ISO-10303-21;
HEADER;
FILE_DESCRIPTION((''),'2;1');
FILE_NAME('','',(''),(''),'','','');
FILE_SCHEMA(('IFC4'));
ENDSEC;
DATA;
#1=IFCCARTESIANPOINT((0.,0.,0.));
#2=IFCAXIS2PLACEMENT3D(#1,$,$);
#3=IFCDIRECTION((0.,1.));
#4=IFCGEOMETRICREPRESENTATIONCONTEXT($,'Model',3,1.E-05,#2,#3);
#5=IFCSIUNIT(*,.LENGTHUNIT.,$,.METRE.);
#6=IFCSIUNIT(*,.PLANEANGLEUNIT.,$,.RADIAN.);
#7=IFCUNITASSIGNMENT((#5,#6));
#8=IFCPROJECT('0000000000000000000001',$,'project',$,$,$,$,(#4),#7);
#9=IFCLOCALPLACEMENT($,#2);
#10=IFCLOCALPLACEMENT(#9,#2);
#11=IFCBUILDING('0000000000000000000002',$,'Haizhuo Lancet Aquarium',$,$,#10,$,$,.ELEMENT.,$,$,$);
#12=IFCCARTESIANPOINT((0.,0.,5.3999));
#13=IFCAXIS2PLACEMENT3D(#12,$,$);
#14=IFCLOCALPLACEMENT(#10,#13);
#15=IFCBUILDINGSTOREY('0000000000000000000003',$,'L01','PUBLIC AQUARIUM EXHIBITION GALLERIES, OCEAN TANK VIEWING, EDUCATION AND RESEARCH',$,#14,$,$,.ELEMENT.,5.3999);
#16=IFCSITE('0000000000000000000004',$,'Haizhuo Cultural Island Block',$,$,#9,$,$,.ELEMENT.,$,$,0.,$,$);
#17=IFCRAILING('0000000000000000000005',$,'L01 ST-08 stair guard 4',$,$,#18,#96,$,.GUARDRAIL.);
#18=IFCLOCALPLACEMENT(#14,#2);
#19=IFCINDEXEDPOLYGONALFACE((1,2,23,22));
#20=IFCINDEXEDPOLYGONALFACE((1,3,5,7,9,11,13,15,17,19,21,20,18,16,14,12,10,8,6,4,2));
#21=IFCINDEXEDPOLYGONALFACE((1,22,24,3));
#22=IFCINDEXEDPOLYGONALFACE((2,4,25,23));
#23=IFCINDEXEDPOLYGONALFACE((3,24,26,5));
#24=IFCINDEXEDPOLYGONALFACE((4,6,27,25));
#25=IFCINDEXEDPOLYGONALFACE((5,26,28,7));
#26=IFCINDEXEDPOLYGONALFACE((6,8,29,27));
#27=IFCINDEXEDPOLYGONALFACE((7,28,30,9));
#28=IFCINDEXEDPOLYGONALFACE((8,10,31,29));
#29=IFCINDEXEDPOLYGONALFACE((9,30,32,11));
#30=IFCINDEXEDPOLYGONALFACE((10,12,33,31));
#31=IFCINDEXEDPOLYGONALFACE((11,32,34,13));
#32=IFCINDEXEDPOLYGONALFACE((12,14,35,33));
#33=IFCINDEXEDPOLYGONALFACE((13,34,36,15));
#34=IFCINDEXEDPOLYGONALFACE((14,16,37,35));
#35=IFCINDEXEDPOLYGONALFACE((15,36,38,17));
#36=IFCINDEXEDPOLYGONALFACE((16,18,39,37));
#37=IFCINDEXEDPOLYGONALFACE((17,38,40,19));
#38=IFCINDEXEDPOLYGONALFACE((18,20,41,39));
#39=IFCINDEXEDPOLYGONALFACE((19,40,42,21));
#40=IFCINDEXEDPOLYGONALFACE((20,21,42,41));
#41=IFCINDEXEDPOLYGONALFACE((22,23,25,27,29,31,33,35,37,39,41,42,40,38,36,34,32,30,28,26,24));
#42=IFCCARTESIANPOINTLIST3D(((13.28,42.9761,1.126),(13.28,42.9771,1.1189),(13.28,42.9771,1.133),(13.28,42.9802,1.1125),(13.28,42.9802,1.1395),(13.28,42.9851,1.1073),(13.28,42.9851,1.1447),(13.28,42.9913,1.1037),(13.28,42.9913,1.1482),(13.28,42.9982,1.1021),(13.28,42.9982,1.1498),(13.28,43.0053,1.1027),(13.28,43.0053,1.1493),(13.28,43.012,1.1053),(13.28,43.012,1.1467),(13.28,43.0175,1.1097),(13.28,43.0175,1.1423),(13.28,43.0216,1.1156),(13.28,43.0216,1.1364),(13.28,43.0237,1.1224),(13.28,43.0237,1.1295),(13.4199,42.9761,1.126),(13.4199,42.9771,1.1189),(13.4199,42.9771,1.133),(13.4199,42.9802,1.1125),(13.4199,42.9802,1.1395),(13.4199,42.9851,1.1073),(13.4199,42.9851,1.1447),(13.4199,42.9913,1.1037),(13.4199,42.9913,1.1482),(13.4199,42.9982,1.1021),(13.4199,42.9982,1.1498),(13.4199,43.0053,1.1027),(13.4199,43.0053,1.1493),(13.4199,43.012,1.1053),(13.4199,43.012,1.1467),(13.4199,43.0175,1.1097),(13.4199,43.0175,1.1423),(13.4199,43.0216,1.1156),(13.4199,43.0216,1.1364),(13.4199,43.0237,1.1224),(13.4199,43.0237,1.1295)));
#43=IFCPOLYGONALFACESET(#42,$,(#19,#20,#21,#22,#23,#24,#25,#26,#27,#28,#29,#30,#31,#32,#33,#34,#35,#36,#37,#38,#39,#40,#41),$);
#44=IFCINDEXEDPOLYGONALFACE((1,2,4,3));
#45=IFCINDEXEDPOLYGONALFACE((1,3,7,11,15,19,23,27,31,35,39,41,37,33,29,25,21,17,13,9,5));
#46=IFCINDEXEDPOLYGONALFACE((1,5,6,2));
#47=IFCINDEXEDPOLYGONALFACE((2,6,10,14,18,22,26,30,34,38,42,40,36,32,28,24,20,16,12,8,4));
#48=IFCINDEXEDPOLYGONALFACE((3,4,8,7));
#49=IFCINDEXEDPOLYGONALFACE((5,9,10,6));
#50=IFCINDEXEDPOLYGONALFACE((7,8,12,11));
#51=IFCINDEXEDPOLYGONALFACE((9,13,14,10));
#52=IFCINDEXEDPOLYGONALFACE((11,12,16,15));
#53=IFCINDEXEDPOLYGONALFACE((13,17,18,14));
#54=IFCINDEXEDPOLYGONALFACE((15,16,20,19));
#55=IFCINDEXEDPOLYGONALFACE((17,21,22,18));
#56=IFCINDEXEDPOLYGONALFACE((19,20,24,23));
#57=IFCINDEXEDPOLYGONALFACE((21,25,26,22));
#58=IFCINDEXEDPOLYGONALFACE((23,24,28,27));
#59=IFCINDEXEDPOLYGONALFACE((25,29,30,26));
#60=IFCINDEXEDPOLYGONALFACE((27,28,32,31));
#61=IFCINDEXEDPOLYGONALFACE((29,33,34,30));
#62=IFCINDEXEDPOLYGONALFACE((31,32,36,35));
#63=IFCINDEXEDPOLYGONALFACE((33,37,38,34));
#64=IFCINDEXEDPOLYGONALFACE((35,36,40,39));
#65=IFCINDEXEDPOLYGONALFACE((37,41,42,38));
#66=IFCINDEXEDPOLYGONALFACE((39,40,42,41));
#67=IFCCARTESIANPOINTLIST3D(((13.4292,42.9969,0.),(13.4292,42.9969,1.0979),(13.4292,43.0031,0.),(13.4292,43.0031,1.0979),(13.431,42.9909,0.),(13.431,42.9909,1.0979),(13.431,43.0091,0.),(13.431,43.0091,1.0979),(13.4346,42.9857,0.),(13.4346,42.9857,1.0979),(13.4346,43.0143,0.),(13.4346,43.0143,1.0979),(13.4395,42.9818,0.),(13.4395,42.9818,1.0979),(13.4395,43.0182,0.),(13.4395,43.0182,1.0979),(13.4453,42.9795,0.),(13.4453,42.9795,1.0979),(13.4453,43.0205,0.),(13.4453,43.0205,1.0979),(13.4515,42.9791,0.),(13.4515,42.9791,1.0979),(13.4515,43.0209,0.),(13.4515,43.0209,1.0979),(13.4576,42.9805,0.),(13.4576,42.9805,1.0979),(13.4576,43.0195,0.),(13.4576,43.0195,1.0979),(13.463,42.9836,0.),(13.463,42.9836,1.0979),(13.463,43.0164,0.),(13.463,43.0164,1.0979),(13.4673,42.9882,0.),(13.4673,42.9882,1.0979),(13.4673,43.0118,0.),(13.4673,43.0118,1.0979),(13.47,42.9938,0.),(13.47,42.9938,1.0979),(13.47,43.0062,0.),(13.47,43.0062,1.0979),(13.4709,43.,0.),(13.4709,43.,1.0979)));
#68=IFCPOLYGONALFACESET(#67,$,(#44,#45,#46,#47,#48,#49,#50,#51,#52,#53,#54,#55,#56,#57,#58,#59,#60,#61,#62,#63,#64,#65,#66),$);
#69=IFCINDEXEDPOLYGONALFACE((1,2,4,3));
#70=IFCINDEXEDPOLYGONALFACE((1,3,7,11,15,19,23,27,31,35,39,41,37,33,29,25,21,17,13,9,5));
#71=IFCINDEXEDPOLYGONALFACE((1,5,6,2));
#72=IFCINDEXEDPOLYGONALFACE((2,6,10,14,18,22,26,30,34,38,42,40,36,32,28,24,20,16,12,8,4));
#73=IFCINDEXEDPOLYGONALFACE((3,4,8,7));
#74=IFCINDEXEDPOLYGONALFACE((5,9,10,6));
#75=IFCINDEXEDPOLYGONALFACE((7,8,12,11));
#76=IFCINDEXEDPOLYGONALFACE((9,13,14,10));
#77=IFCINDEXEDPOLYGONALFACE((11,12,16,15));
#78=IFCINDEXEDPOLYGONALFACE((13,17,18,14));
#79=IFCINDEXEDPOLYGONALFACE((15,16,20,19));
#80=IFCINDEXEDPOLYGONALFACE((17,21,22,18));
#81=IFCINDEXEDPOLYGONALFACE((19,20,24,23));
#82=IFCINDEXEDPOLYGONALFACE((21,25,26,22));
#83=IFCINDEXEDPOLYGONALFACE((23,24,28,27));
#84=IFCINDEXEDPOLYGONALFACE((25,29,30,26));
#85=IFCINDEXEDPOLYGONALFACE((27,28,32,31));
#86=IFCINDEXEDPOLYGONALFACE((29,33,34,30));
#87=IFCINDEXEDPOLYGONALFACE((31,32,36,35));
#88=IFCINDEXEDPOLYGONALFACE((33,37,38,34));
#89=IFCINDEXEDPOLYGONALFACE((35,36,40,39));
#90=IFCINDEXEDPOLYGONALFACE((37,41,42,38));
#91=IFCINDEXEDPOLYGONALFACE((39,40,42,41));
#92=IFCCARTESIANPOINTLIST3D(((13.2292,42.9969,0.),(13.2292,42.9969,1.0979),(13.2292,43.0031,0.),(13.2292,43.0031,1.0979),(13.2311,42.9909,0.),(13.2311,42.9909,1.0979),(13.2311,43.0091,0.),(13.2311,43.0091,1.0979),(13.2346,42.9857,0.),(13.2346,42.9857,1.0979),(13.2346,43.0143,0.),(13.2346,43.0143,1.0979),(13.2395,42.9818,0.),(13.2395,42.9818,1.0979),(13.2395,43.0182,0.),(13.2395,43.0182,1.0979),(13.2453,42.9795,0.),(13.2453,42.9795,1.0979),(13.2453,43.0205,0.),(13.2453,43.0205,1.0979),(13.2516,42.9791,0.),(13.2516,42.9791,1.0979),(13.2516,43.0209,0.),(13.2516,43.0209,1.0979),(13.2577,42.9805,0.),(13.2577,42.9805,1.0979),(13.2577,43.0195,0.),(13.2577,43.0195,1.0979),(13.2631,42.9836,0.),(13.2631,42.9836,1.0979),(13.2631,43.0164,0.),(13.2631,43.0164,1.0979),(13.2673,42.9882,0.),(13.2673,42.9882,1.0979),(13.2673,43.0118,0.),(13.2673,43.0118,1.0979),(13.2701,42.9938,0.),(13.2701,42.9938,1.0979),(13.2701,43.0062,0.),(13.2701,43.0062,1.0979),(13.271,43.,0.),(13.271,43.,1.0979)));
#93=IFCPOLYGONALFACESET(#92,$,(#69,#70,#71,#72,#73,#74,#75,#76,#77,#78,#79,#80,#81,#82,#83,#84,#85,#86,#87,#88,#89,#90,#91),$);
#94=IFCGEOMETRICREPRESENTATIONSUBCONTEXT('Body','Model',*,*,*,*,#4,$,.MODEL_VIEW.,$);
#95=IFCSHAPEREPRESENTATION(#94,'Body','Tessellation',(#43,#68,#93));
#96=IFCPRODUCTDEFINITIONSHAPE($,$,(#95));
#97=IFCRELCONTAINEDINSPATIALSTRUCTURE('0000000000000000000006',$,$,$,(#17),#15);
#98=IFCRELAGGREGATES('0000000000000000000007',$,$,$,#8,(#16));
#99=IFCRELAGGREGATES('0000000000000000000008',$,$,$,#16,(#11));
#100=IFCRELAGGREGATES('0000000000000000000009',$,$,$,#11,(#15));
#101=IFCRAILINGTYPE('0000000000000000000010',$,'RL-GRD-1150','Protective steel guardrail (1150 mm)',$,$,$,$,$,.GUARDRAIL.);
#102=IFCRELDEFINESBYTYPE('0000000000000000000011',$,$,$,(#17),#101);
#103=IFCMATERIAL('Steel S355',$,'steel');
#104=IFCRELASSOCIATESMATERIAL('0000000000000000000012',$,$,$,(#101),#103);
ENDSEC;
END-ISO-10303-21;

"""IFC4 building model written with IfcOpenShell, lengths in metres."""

from ifc_helpers import new_model, si_unit, direction, frame, origin, origin_2d, place, context, subcontext, project, spatial, circle, extrude, material, type_object, element, save


model = new_model("IFC4")

# Units and contexts
model_context = context("Model", 3, precision=1e-05, world=origin(), true_north=direction((0.0, 1.0)))
body_context = subcontext(model_context, "Body", "Model", "MODEL_VIEW")
ifc_project = project(units=[si_unit("LENGTHUNIT", "METRE"), si_unit("PLANEANGLEUNIT", "RADIAN")], contexts=[model_context])

# Site, building, storey
site_placement = place(None, origin())
site = spatial("IfcSite", under=ifc_project, at=site_placement, Name="Haizhuo Cultural Island Block", CompositionType="ELEMENT", RefElevation=0.0)
building_placement = place(site_placement, origin())
building = spatial("IfcBuilding", under=site, at=building_placement, Name="Haizhuo Lancet Aquarium", CompositionType="ELEMENT")
storey_placement = place(building_placement, frame((0.0, 0.0, 5.3999)))
storey = spatial("IfcBuildingStorey", under=building, at=storey_placement, Name="L01", Description="PUBLIC AQUARIUM EXHIBITION GALLERIES, OCEAN TANK VIEWING, EDUCATION AND RESEARCH", CompositionType="ELEMENT", Elevation=5.3999)

# Shared definitions
ifc_material_1 = material(Name="Steel S355", Category="steel")

# Railing
railing_type_1 = type_object("IfcRailingType", Name="RL-GRD-1150", Description="Protective steel guardrail (1150 mm)", PredefinedType="GUARDRAIL", material=ifc_material_1)
railing_1_placement = place(storey_placement, frame((13.45, 43.0, 0.0)))
element("IfcRailing", 1, at=railing_1_placement, inside=storey, type_object=railing_type_1, Name="L01 ST-08 stair guard 4", PredefinedType="GUARDRAIL", context=body_context, shape_type="SweptSolid", body=[
    extrude(circle(Radius=0.0239, at=origin_2d()), frame((-0.03, 0.0, 1.126), z_axis=(-1.0, 0.0, 0.0), x_axis=(0.0, -1.0, 0.0)), (0.0, 0.0, 1.0), 0.1399),
    extrude(circle(Radius=0.021, at=origin_2d()), origin(), (0.0, 0.0, 1.0), 1.0979),
    extrude(circle(Radius=0.021, at=origin_2d()), frame((-0.2, 0.0, 0.0)), (0.0, 0.0, 1.0), 1.0979),
])

save(model, "model.ifc")
